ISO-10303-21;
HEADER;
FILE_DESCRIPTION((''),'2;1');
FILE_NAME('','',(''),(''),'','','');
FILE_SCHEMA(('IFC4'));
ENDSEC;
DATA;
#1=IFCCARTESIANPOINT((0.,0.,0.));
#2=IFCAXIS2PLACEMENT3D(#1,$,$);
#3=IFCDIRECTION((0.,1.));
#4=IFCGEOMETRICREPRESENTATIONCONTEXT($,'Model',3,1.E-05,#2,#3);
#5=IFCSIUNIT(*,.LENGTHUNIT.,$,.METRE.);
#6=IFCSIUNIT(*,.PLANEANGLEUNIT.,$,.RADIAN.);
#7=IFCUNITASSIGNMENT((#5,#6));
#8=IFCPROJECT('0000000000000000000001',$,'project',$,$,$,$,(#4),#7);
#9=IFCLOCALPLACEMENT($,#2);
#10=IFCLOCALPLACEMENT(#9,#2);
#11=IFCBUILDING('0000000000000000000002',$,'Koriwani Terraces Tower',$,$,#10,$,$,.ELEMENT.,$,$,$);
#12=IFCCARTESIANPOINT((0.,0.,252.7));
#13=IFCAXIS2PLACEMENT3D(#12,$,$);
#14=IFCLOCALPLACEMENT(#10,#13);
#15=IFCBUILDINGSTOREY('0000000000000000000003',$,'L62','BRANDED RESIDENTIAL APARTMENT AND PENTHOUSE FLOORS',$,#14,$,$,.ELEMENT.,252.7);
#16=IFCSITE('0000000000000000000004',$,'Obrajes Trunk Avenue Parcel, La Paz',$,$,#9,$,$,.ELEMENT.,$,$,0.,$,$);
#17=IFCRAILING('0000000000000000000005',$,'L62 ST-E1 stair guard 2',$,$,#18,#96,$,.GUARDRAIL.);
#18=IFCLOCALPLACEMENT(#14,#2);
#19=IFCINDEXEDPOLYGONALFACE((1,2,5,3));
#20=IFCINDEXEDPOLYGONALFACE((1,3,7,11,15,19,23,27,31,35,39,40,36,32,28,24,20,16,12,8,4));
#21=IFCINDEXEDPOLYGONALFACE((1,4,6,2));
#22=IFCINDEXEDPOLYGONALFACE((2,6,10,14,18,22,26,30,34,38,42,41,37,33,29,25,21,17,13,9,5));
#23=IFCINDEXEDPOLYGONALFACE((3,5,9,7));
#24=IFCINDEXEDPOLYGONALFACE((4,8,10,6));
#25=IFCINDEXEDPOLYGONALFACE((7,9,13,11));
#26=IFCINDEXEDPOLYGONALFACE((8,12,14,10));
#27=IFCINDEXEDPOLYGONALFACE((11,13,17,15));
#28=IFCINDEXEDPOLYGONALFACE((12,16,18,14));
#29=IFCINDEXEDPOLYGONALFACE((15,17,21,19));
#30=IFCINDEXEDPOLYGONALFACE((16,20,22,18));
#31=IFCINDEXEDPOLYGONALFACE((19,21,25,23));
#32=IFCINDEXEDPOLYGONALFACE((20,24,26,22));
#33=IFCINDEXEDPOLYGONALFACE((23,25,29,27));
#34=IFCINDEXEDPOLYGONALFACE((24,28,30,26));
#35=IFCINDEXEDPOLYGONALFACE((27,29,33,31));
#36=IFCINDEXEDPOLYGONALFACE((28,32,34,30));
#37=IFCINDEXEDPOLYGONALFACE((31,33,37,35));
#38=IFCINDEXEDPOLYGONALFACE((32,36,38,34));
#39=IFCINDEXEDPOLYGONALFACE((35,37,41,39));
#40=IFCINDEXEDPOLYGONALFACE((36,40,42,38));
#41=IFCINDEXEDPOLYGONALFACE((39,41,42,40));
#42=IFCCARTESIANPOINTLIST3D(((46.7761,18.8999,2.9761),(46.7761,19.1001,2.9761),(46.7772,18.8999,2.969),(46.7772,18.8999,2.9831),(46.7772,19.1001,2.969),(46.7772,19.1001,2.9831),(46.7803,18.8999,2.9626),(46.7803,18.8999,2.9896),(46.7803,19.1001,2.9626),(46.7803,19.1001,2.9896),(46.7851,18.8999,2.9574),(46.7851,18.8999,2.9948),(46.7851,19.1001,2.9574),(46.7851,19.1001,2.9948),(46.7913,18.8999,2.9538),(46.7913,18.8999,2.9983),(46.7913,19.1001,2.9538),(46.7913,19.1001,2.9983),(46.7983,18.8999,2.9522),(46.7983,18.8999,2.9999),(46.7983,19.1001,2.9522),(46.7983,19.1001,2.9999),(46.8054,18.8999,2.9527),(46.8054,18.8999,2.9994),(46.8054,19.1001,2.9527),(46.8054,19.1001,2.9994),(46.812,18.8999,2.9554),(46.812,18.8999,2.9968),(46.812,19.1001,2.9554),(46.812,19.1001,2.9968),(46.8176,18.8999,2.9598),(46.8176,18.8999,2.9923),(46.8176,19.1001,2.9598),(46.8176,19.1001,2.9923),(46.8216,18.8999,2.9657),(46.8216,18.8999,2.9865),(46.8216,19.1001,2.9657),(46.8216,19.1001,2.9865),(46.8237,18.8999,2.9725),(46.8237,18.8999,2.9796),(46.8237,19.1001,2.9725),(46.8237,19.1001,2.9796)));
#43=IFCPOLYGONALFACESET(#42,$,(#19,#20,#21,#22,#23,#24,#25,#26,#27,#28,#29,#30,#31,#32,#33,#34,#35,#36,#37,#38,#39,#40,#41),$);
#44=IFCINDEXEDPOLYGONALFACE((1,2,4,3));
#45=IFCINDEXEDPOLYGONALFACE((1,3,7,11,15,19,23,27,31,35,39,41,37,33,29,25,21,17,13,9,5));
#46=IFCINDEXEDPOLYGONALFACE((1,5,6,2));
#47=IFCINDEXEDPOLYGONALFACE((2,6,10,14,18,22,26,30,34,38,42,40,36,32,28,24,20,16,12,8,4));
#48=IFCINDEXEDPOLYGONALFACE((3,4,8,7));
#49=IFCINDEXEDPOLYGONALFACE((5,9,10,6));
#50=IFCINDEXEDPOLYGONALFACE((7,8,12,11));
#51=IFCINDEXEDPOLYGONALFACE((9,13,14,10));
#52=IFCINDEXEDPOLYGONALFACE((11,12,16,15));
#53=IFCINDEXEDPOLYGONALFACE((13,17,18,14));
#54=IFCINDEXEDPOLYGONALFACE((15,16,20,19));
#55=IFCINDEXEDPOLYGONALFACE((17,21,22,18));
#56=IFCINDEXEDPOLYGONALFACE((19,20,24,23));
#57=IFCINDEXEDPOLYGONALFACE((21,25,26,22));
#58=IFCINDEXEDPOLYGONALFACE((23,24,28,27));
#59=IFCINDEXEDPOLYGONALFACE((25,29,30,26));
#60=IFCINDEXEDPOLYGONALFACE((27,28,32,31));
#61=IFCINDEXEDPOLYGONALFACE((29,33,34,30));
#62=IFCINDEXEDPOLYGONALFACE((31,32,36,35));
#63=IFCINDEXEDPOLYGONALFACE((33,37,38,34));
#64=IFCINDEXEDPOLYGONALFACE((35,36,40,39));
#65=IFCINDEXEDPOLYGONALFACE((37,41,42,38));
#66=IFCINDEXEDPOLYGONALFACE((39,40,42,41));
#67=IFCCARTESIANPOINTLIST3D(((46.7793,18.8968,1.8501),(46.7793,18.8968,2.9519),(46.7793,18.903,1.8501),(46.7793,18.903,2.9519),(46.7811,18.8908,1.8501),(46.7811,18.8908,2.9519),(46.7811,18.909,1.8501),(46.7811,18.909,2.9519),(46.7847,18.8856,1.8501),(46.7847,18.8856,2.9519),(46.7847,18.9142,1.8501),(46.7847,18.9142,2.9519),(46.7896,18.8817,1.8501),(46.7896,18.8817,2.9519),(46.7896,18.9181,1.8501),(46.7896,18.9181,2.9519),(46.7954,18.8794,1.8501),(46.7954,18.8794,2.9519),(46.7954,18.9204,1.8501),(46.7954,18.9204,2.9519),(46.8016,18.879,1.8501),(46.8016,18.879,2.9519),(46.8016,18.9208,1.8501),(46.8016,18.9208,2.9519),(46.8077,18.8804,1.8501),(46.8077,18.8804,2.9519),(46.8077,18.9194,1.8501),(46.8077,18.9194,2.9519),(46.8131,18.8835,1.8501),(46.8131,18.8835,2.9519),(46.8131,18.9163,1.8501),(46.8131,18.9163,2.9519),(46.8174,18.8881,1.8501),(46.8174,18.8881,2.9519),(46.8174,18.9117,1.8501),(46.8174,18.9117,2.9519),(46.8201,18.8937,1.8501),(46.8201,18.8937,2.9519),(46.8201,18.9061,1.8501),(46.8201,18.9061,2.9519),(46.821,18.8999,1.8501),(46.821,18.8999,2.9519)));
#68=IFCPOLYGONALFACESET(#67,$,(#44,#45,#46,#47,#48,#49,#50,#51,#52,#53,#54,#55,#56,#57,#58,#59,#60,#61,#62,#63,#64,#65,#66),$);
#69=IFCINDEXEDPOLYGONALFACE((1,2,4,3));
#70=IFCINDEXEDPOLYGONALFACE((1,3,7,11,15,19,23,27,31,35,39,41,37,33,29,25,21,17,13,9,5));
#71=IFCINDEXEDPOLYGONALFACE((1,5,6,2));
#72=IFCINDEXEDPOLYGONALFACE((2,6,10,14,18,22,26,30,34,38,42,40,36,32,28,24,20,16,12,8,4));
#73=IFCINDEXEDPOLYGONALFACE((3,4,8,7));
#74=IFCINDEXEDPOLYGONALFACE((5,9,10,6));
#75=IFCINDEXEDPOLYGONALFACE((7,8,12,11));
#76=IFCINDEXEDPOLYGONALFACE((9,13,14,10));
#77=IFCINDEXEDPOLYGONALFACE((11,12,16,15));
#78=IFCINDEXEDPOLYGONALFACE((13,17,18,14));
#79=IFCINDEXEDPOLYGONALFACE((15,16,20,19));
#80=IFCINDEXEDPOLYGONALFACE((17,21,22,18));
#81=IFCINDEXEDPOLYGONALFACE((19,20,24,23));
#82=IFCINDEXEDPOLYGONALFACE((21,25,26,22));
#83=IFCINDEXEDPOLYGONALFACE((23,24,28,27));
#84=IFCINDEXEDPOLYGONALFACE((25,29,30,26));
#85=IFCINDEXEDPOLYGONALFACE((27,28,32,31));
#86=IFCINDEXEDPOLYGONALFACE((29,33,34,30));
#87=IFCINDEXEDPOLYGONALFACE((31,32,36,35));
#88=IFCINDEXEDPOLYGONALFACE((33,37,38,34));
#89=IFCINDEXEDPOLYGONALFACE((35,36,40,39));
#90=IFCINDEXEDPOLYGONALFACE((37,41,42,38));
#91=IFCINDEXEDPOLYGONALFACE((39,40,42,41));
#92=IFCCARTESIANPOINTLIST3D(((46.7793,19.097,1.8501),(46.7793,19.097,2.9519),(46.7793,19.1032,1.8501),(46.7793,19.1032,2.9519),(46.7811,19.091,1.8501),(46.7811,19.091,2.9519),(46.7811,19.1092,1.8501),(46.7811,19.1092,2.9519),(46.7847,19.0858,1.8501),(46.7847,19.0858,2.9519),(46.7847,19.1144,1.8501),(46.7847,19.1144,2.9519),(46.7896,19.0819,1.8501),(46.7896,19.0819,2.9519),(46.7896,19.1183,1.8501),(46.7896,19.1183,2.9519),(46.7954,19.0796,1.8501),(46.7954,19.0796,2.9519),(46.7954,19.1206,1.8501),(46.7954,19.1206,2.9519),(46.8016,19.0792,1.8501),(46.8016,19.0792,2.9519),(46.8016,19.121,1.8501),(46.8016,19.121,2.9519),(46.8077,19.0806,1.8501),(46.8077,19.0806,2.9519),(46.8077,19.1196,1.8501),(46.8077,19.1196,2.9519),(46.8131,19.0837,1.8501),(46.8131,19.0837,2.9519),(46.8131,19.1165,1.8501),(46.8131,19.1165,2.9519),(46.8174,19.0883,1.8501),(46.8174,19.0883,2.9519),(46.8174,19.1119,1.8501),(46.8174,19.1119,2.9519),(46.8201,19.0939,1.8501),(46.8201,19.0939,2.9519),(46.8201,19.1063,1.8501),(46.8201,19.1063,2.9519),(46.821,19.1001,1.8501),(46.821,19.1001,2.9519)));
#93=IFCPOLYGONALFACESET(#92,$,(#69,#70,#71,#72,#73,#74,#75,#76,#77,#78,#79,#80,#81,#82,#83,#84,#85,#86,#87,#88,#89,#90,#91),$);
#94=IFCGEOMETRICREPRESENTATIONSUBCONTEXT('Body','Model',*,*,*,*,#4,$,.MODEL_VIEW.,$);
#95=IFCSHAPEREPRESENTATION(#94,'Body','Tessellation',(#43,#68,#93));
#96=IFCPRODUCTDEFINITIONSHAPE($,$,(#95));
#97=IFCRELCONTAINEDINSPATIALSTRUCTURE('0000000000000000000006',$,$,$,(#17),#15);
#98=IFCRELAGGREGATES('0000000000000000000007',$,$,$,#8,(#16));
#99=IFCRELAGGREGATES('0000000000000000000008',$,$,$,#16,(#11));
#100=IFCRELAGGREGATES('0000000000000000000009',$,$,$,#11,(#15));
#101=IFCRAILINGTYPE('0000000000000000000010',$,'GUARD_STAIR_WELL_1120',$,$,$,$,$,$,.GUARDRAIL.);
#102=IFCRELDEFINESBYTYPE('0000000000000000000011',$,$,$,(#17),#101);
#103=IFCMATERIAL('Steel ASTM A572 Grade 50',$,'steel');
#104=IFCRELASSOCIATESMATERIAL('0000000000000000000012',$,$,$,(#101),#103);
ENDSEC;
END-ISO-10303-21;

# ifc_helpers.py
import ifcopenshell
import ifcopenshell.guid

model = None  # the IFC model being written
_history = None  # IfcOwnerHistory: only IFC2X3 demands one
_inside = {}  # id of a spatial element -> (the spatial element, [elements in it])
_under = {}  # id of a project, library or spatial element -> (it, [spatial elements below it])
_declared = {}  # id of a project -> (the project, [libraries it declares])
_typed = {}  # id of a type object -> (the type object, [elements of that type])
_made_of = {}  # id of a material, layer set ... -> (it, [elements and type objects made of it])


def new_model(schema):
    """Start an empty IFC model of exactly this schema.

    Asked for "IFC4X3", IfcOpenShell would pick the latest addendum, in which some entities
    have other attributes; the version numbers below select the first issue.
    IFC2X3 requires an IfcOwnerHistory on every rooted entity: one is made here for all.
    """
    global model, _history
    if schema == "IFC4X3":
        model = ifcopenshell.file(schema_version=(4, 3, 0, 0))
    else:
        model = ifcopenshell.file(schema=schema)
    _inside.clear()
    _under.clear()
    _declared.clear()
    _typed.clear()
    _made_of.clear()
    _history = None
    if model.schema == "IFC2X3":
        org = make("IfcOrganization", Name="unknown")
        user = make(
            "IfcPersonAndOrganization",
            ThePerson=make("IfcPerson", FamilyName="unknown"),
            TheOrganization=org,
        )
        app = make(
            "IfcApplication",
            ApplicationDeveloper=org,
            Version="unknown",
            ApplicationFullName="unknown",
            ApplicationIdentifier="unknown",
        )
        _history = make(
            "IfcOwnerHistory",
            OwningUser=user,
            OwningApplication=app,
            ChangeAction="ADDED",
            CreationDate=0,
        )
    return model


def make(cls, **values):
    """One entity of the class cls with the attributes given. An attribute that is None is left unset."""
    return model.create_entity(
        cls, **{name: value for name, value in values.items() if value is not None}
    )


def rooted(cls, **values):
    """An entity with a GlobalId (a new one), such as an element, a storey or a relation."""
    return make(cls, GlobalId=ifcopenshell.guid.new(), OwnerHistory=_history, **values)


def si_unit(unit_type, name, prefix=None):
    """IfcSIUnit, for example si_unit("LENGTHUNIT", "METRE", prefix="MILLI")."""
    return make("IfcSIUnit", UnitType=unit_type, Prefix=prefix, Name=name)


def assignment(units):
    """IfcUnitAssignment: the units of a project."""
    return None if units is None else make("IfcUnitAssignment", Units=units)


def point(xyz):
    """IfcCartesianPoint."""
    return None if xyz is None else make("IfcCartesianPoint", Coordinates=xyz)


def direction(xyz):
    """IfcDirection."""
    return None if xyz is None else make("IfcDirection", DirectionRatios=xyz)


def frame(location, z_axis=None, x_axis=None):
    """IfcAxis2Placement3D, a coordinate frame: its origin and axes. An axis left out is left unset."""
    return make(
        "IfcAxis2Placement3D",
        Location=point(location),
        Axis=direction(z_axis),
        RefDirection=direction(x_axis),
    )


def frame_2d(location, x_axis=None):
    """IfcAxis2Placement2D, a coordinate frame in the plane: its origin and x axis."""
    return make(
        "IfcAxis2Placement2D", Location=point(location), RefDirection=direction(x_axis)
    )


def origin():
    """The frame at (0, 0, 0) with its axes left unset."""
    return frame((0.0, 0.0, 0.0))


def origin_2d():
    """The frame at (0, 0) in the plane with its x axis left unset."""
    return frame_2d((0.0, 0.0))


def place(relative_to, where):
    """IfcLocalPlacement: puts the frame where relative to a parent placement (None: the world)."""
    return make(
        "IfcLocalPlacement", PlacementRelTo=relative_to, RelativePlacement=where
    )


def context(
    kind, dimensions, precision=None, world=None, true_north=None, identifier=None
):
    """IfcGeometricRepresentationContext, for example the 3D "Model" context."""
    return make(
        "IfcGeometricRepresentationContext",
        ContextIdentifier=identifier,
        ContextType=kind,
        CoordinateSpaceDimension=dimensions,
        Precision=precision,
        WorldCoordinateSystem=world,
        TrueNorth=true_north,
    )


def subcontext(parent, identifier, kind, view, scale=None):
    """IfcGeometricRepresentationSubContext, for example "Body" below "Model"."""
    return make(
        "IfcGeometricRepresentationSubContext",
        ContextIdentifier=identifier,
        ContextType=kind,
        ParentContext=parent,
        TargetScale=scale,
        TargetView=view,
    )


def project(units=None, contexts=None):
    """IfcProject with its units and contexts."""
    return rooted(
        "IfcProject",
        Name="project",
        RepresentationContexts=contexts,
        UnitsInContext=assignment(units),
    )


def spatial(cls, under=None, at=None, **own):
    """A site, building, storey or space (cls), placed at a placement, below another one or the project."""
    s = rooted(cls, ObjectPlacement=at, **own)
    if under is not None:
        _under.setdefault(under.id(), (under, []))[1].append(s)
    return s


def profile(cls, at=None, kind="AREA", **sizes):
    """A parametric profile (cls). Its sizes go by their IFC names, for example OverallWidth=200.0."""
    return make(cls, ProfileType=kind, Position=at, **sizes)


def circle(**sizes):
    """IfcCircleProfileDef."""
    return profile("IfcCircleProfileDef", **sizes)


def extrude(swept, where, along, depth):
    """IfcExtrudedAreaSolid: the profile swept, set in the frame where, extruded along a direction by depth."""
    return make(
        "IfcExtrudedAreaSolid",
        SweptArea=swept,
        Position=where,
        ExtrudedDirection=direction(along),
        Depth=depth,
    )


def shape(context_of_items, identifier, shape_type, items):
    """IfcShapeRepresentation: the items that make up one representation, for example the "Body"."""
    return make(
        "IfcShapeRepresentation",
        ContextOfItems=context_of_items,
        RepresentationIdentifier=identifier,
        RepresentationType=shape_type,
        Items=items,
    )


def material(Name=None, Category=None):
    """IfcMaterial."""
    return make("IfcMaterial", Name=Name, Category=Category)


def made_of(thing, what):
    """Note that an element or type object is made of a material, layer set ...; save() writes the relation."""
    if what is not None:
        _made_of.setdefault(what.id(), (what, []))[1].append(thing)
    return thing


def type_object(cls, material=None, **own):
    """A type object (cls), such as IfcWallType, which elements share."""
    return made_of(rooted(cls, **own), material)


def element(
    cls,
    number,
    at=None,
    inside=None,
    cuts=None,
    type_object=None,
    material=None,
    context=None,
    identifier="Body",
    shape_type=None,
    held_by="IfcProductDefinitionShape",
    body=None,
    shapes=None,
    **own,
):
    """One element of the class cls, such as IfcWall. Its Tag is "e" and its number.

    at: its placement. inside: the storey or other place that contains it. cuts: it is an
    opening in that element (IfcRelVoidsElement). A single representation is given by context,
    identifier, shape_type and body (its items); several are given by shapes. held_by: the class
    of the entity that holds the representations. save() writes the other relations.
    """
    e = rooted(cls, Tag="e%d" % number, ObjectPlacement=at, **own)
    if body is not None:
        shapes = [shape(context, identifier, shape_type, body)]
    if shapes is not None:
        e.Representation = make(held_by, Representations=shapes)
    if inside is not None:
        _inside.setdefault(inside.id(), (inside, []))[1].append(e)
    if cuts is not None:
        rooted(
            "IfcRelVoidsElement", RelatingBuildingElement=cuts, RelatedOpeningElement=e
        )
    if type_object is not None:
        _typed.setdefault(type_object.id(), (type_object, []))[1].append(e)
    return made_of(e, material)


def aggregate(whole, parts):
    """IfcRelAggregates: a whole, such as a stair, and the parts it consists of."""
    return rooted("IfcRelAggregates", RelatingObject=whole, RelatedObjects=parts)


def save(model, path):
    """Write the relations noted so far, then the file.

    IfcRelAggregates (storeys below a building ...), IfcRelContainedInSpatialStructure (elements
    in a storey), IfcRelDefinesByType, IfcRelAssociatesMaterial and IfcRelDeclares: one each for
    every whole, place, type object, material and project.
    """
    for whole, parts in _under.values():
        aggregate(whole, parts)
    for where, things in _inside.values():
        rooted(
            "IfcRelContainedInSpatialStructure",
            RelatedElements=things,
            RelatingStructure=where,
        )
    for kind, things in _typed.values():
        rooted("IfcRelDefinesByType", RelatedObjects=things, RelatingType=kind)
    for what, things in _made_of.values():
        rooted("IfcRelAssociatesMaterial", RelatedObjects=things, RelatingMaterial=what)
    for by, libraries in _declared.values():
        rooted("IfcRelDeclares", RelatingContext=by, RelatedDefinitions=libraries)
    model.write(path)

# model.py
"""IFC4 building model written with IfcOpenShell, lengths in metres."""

from ifc_helpers import new_model, si_unit, direction, frame, origin, origin_2d, place, context, subcontext, project, spatial, circle, extrude, material, type_object, element, save


model = new_model("IFC4")

# Units and contexts
model_context = context("Model", 3, precision=1e-05, world=origin(), true_north=direction((0.0, 1.0)))
body_context = subcontext(model_context, "Body", "Model", "MODEL_VIEW")
ifc_project = project(units=[si_unit("LENGTHUNIT", "METRE"), si_unit("PLANEANGLEUNIT", "RADIAN")], contexts=[model_context])

# Site, building, storey
site_placement = place(None, origin())
site = spatial("IfcSite", under=ifc_project, at=site_placement, Name="Obrajes Trunk Avenue Parcel, La Paz", CompositionType="ELEMENT", RefElevation=0.0)
building_placement = place(site_placement, origin())
building = spatial("IfcBuilding", under=site, at=building_placement, Name="Koriwani Terraces Tower", CompositionType="ELEMENT")
storey_placement = place(building_placement, frame((0.0, 0.0, 252.7)))
storey = spatial("IfcBuildingStorey", under=building, at=storey_placement, Name="L62", Description="BRANDED RESIDENTIAL APARTMENT AND PENTHOUSE FLOORS", CompositionType="ELEMENT", Elevation=252.7)

# Shared definitions
ifc_material_1 = material(Name="Steel ASTM A572 Grade 50", Category="steel")

# Railing
railing_type_1 = type_object("IfcRailingType", Name="GUARD_STAIR_WELL_1120", PredefinedType="GUARDRAIL", material=ifc_material_1)
railing_1_placement = place(storey_placement, frame((46.8, 18.8999, 1.8501)))
element("IfcRailing", 1, at=railing_1_placement, inside=storey, type_object=railing_type_1, Name="L62 ST-E1 stair guard 2", PredefinedType="GUARDRAIL", context=body_context, shape_type="SweptSolid", body=[
    extrude(circle(Radius=0.0239, at=origin_2d()), frame((0.0, 0.0, 1.126), z_axis=(0.0, 1.0, 0.0), x_axis=(-1.0, 0.0, 0.0)), (0.0, 0.0, 1.0), 0.2002),
    extrude(circle(Radius=0.021, at=origin_2d()), origin(), (0.0, 0.0, 1.0), 1.1018),
    extrude(circle(Radius=0.021, at=origin_2d()), frame((0.0, 0.2002, 0.0)), (0.0, 0.0, 1.0), 1.1018),
])

save(model, "model.ifc")
